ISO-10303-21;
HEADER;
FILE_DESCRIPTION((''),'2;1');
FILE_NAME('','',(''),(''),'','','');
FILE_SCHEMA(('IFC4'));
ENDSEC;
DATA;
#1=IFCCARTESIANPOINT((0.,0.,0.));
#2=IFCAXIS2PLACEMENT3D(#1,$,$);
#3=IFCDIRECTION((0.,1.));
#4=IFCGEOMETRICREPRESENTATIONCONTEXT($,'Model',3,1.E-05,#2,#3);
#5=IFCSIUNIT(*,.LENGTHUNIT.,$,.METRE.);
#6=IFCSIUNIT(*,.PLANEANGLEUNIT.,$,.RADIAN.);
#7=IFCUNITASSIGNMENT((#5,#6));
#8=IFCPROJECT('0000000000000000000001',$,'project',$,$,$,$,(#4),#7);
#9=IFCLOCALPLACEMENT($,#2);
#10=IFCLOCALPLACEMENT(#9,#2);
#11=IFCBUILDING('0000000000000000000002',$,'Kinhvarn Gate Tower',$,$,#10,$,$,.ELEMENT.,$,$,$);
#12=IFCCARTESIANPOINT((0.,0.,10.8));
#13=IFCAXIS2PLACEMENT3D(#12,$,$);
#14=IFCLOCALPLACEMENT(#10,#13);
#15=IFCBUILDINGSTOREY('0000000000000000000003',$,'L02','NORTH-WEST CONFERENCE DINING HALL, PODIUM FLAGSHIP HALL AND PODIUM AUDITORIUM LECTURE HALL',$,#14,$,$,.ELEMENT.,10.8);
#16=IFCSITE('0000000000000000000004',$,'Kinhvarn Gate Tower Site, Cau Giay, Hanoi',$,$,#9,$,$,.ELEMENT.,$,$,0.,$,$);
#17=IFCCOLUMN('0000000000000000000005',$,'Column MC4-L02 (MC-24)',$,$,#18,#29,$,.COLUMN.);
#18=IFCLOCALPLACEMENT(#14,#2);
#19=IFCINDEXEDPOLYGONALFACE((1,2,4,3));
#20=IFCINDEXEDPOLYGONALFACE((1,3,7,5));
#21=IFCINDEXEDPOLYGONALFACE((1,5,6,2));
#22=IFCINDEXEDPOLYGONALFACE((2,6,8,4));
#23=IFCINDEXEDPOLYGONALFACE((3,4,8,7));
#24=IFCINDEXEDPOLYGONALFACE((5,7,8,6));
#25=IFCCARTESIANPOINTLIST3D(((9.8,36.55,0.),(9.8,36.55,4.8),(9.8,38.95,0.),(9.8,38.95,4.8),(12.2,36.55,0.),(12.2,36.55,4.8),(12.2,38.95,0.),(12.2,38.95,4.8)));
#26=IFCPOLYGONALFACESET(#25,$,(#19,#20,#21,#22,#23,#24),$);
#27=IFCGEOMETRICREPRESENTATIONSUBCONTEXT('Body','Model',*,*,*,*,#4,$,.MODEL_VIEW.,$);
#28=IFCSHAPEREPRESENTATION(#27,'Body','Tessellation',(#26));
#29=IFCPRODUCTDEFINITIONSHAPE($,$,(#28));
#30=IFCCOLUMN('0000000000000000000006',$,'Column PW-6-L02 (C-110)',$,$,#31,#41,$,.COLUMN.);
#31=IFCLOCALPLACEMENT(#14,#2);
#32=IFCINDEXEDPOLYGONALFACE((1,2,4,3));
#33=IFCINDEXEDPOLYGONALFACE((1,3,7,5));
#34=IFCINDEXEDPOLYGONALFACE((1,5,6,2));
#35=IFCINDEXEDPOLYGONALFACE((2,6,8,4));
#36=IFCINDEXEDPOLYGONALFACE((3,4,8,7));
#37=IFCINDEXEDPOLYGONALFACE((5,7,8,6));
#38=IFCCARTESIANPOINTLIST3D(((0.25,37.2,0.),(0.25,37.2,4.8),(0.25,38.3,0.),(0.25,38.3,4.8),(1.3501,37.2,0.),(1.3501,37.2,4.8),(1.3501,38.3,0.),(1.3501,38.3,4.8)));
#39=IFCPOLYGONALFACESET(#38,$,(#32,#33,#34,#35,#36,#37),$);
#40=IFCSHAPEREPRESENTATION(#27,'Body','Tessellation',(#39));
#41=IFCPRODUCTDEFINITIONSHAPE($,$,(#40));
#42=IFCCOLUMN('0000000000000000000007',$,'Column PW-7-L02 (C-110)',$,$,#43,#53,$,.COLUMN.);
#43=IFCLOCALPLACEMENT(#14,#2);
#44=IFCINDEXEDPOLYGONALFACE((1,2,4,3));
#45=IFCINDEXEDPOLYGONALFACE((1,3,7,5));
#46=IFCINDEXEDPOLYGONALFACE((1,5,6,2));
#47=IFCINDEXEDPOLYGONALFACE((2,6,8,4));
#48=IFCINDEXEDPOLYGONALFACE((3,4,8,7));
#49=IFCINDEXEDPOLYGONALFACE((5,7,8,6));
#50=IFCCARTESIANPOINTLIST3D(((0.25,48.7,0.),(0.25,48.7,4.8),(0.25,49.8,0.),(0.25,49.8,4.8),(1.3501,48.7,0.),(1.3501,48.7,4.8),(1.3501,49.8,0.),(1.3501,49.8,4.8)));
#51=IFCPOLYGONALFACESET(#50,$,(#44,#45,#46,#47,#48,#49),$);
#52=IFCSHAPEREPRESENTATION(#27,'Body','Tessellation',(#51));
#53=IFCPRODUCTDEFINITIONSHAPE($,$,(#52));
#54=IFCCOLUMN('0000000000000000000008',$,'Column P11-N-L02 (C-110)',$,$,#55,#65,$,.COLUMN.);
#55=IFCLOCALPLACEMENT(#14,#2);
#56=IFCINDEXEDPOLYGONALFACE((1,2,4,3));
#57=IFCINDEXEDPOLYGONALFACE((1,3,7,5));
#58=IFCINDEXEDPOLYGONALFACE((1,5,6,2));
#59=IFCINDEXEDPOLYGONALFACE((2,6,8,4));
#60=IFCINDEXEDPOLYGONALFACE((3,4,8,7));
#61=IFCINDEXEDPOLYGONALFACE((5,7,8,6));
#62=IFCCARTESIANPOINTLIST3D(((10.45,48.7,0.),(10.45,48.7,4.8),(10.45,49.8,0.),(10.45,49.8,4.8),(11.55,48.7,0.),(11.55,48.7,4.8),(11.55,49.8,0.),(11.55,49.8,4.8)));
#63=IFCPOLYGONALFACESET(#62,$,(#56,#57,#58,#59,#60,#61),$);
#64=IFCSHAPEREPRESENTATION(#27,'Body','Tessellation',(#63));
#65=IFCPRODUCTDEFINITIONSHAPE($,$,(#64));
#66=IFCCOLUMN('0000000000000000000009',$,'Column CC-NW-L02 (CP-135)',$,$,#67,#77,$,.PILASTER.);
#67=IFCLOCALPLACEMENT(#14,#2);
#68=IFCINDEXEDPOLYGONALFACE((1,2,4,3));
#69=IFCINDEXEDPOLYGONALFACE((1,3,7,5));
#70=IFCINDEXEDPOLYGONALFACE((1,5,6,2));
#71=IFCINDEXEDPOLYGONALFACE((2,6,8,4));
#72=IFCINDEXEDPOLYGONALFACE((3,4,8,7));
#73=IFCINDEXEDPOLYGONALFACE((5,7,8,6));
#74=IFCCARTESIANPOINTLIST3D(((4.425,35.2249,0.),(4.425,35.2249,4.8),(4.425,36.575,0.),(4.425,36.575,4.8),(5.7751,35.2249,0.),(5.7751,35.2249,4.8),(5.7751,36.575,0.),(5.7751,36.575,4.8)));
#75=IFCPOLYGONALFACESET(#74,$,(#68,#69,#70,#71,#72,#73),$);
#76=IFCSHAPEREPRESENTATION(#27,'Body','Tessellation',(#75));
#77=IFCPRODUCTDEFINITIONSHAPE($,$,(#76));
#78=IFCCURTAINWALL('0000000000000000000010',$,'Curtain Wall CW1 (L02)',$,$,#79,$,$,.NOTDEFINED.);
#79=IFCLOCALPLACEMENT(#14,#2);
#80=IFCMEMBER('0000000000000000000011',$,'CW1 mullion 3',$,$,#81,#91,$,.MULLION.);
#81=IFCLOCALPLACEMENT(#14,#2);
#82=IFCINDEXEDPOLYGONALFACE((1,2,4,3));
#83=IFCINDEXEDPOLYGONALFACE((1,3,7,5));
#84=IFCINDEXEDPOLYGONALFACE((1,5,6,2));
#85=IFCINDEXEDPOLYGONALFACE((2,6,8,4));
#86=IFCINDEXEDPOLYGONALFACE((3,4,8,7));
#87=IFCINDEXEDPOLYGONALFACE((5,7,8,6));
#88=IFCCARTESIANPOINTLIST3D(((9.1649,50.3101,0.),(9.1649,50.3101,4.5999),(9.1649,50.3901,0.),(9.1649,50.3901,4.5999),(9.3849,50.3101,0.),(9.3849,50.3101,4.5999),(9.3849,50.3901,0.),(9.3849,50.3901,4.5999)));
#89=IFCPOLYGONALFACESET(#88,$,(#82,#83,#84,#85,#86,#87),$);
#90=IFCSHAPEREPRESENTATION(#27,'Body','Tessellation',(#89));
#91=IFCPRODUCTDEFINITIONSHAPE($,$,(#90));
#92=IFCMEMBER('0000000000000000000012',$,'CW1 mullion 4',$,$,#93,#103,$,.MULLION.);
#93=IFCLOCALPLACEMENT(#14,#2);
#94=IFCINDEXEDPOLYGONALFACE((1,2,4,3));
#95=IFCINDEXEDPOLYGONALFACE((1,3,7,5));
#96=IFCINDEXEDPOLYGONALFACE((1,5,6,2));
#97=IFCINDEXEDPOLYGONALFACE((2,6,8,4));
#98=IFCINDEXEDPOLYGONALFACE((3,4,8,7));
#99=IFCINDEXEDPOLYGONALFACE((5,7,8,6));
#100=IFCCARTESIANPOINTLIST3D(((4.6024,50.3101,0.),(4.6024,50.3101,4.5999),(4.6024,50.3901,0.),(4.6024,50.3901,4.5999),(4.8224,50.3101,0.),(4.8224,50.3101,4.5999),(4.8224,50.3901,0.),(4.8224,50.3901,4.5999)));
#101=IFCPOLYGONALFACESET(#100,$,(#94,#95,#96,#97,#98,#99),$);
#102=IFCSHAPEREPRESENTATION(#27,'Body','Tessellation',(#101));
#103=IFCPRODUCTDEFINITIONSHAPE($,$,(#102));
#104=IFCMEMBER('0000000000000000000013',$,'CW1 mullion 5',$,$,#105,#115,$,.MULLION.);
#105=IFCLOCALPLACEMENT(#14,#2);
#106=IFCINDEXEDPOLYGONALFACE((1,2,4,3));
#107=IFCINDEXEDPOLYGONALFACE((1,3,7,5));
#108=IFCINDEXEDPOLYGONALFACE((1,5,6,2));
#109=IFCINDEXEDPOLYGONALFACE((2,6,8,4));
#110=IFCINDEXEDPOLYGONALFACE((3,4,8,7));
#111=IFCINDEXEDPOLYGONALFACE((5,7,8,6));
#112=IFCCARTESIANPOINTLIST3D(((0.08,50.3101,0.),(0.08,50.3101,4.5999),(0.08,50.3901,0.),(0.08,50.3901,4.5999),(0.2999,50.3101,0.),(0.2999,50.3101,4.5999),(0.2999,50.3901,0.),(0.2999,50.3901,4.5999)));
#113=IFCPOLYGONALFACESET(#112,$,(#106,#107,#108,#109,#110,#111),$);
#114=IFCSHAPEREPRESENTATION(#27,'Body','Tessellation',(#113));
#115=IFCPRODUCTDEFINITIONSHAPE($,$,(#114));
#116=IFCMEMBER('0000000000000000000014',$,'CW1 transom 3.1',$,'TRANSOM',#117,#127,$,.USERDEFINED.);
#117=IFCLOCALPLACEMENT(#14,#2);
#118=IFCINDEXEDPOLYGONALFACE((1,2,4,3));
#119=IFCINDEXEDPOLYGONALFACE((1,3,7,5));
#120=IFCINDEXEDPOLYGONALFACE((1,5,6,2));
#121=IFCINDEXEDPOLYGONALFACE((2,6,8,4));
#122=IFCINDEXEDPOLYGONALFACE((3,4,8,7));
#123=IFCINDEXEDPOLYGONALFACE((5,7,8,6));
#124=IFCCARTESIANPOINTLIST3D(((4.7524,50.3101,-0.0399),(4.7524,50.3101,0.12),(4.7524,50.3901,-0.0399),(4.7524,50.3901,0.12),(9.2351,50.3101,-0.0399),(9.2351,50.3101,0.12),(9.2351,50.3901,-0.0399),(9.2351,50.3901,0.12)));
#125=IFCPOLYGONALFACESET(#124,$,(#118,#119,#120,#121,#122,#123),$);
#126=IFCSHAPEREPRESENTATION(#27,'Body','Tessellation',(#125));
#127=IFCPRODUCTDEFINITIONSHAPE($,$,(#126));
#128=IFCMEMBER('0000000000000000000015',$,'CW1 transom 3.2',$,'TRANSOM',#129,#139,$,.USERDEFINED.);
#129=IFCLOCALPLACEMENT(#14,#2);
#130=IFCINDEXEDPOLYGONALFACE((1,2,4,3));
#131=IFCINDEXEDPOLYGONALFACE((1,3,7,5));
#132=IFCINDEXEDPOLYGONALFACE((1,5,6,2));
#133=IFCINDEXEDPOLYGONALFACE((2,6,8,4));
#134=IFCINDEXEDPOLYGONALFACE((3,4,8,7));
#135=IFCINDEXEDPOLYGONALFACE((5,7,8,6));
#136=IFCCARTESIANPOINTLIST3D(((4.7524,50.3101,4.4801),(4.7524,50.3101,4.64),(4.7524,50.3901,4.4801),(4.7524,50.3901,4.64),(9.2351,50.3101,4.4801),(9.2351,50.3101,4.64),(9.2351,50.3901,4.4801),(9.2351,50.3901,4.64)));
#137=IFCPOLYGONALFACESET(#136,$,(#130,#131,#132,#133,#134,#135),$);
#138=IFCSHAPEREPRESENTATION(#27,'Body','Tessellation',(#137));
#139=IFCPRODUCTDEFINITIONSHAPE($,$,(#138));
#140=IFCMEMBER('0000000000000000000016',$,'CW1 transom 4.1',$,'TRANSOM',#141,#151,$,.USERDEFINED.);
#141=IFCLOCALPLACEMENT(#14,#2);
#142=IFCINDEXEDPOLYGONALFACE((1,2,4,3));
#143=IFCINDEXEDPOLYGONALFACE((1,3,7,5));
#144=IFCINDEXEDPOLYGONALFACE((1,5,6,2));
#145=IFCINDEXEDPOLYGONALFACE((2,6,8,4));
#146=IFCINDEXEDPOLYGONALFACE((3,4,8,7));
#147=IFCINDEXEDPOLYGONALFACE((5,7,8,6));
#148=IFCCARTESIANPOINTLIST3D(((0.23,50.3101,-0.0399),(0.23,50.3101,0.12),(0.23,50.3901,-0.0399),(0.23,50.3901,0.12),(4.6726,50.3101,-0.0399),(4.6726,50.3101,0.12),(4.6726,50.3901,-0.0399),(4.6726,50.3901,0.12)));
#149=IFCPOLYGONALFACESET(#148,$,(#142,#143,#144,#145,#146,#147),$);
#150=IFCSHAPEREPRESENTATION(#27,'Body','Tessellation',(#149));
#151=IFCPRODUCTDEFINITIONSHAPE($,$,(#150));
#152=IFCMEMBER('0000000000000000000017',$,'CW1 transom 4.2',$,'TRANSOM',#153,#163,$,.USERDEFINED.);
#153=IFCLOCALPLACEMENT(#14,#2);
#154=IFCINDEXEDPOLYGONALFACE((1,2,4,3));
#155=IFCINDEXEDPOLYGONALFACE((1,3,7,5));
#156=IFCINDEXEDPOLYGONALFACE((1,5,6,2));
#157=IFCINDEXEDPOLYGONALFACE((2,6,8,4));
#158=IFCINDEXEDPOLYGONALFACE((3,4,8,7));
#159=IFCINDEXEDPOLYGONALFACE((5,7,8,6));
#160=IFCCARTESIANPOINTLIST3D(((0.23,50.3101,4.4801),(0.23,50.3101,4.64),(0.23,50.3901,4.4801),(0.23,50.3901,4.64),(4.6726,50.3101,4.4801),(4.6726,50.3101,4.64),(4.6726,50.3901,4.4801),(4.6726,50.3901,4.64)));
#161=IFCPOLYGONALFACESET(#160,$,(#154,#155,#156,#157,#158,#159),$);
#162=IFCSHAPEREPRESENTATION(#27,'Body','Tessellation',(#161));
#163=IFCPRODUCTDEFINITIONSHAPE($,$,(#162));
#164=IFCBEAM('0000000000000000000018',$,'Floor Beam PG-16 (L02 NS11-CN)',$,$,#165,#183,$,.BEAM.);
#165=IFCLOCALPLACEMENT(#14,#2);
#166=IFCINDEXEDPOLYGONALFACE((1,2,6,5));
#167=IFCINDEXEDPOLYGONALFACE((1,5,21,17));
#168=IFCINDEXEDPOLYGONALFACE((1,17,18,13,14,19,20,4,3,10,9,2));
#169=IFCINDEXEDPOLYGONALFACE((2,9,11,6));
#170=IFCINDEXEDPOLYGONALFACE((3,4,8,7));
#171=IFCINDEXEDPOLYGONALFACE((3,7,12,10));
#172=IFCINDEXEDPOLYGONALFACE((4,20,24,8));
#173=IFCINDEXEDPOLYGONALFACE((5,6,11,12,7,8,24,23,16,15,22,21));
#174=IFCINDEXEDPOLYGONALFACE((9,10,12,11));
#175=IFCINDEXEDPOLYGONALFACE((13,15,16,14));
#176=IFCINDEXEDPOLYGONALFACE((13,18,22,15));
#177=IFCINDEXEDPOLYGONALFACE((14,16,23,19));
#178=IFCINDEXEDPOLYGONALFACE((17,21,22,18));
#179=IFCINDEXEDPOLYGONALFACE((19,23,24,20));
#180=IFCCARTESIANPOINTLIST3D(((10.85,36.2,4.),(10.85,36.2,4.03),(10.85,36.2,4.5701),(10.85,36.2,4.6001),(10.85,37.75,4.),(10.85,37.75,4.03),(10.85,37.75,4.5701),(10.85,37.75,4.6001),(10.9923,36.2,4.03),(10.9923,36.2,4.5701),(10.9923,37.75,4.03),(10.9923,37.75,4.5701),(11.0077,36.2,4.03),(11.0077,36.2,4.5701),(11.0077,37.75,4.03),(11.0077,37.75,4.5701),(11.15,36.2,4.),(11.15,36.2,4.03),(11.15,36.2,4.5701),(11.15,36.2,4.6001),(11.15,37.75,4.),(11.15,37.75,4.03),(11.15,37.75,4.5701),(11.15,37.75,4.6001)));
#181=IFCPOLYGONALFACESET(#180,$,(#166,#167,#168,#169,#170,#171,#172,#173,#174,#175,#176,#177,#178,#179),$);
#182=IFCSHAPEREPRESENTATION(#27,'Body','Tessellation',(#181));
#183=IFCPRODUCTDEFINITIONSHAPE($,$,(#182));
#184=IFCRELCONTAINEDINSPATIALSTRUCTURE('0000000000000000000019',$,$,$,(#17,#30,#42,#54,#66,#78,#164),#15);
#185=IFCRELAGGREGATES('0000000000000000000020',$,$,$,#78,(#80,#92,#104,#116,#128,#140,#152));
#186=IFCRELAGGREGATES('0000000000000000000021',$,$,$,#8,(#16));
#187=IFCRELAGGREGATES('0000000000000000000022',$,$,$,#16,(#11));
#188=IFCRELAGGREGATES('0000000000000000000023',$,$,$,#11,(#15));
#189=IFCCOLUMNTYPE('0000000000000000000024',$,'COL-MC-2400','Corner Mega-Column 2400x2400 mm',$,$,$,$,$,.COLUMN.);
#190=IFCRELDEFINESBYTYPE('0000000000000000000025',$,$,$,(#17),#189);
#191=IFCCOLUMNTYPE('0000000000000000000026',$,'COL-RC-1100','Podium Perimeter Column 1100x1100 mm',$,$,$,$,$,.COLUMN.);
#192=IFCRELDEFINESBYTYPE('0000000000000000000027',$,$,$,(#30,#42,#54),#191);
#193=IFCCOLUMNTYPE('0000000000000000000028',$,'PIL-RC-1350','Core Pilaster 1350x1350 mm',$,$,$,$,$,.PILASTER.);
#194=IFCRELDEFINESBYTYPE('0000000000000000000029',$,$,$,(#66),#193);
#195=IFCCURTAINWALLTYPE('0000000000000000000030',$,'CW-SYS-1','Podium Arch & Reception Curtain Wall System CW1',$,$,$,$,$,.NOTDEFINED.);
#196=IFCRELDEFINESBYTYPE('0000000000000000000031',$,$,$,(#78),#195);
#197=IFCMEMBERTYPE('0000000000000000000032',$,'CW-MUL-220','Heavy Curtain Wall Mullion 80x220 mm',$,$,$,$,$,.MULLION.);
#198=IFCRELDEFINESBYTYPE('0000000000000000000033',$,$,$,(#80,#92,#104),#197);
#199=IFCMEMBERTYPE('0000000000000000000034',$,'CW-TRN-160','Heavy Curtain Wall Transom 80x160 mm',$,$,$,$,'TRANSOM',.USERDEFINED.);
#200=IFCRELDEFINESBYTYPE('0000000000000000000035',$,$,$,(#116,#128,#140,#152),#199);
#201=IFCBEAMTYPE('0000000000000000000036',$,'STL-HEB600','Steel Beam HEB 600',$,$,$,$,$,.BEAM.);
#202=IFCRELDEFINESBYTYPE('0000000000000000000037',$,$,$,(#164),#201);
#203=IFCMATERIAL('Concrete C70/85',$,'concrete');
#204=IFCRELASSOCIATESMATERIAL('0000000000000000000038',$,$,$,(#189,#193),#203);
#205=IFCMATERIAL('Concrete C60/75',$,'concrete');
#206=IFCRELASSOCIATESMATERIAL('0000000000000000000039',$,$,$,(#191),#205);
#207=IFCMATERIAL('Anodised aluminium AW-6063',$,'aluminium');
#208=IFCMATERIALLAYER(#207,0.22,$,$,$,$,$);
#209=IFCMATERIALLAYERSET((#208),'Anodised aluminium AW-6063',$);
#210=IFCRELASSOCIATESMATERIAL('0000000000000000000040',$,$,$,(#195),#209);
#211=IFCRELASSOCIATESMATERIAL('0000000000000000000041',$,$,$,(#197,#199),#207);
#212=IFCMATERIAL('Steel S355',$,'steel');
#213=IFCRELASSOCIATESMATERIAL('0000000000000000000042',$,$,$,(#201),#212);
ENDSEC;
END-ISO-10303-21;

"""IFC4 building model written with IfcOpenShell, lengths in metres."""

from ifc_helpers import new_model, si_unit, direction, frame, origin, origin_2d, place, context, subcontext, project, spatial, rectangle, i_section, extrude, material, layer, layer_set, material_profile, profile_set, type_object, element, aggregate, save


model = new_model("IFC4")

# Units and contexts
model_context = context("Model", 3, precision=1e-05, world=origin(), true_north=direction((0.0, 1.0)))
body_context = subcontext(model_context, "Body", "Model", "MODEL_VIEW")
ifc_project = project(units=[si_unit("LENGTHUNIT", "METRE"), si_unit("PLANEANGLEUNIT", "RADIAN")], contexts=[model_context])

# Site, building, storey
site_placement = place(None, origin())
site = spatial("IfcSite", under=ifc_project, at=site_placement, Name="Kinhvarn Gate Tower Site, Cau Giay, Hanoi", CompositionType="ELEMENT", RefElevation=0.0)
building_placement = place(site_placement, origin())
building = spatial("IfcBuilding", under=site, at=building_placement, Name="Kinhvarn Gate Tower", CompositionType="ELEMENT")
storey_placement = place(building_placement, frame((0.0, 0.0, 10.8)))
storey = spatial("IfcBuildingStorey", under=building, at=storey_placement, Name="L02", Description="NORTH-WEST CONFERENCE DINING HALL, PODIUM FLAGSHIP HALL AND PODIUM AUDITORIUM LECTURE HALL", CompositionType="ELEMENT", Elevation=10.8)

# Columns
ifc_material_1 = material(Name="Concrete C70/85", Category="concrete")
ifc_material_profile_1 = material_profile(ifc_material_1, rectangle(XDim=2.3999, YDim=2.3999, at=origin_2d()), Name="RC 2400x2400")
ifc_profile_set_1 = profile_set([ifc_material_profile_1], Name="Concrete C70/85")
column_type_1 = type_object("IfcColumnType", Name="COL-MC-2400", Description="Corner Mega-Column 2400x2400 mm", PredefinedType="COLUMN", material=ifc_profile_set_1)
column_1_placement = place(storey_placement, frame((11.0, 37.75, 0.0), z_axis=(0.0, 0.0, 1.0), x_axis=(1.0, 0.0, 0.0)))
element("IfcColumn", 1, at=column_1_placement, inside=storey, type_object=column_type_1, Name="Column MC4-L02 (MC-24)", PredefinedType="COLUMN", context=body_context, shape_type="SweptSolid", body=[
    extrude(rectangle(XDim=2.3999, YDim=2.3999, at=origin_2d()), origin(), (0.0, 0.0, 1.0), 4.8),
])
ifc_material_2 = material(Name="Concrete C60/75", Category="concrete")
ifc_material_profile_2 = material_profile(ifc_material_2, rectangle(XDim=1.1001, YDim=1.1001, at=origin_2d()), Name="RC 1100x1100")
ifc_profile_set_2 = profile_set([ifc_material_profile_2], Name="Concrete C60/75")
column_type_2 = type_object("IfcColumnType", Name="COL-RC-1100", Description="Podium Perimeter Column 1100x1100 mm", PredefinedType="COLUMN", material=ifc_profile_set_2)
for number, where, z_axis, x_axis, name in (
    (2, (0.8, 37.75, 0.0), (0.0, 0.0, 1.0), (1.0, 0.0, 0.0), "Column PW-6-L02 (C-110)"),
    (3, (0.8, 49.25, 0.0), (0.0, 0.0, 1.0), (1.0, 0.0, 0.0), "Column PW-7-L02 (C-110)"),
    (4, (11.0, 49.25, 0.0), (0.0, 0.0, 1.0), (1.0, 0.0, 0.0), "Column P11-N-L02 (C-110)"),
):
    element("IfcColumn", number, at=place(storey_placement, frame(where, z_axis=z_axis, x_axis=x_axis)), inside=storey, type_object=column_type_2, Name=name, PredefinedType="COLUMN", context=body_context, shape_type="SweptSolid", body=[
        extrude(rectangle(XDim=1.1001, YDim=1.1001, at=origin_2d()), origin(), (0.0, 0.0, 1.0), 4.8),
    ])
ifc_material_profile_3 = material_profile(ifc_material_1, rectangle(XDim=1.3501, YDim=1.3501, at=origin_2d()), Name="RC 1350x1350")
ifc_profile_set_3 = profile_set([ifc_material_profile_3], Name="Concrete C70/85")
column_type_3 = type_object("IfcColumnType", Name="PIL-RC-1350", Description="Core Pilaster 1350x1350 mm", PredefinedType="PILASTER", material=ifc_profile_set_3)
column_2_placement = place(storey_placement, frame((5.1001, 35.8999, 0.0), z_axis=(0.0, 0.0, 1.0), x_axis=(1.0, 0.0, 0.0)))
element("IfcColumn", 5, at=column_2_placement, inside=storey, type_object=column_type_3, Name="Column CC-NW-L02 (CP-135)", PredefinedType="PILASTER", context=body_context, shape_type="SweptSolid", body=[
    extrude(rectangle(XDim=1.3501, YDim=1.3501, at=origin_2d()), origin(), (0.0, 0.0, 1.0), 4.8),
])

# Curtain wall, members
ifc_material_3 = material(Name="Anodised aluminium AW-6063", Category="aluminium")
ifc_layer_1 = layer(ifc_material_3, 0.22)
ifc_layer_set_1 = layer_set([ifc_layer_1], Name="Anodised aluminium AW-6063")
curtain_wall_type = type_object("IfcCurtainWallType", Name="CW-SYS-1", Description="Podium Arch & Reception Curtain Wall System CW1", PredefinedType="NOTDEFINED", material=ifc_layer_set_1)
curtain_wall_placement = place(storey_placement, origin())
curtain_wall = element("IfcCurtainWall", 6, at=curtain_wall_placement, inside=storey, type_object=curtain_wall_type, Name="Curtain Wall CW1 (L02)", PredefinedType="NOTDEFINED")
ifc_material_profile_4 = material_profile(ifc_material_3, rectangle(XDim=0.0801, YDim=0.22, at=origin_2d()), Name="ALU 80x220")
ifc_profile_set_4 = profile_set([ifc_material_profile_4], Name="Anodised aluminium AW-6063")
member_type_1 = type_object("IfcMemberType", Name="CW-MUL-220", Description="Heavy Curtain Wall Mullion 80x220 mm", PredefinedType="MULLION", material=ifc_profile_set_4)
member_1_placement = place(storey_placement, frame((9.2749, 50.3501, 0.0), z_axis=(0.0, 0.0, 1.0), x_axis=(0.0, -1.0, 0.0)))
member_1 = element("IfcMember", 7, at=member_1_placement, type_object=member_type_1, Name="CW1 mullion 3", PredefinedType="MULLION", context=body_context, shape_type="SweptSolid", body=[
    extrude(rectangle(XDim=0.0801, YDim=0.22, at=origin_2d()), origin(), (0.0, 0.0, 1.0), 4.5999),
])
member_2_placement = place(storey_placement, frame((4.7124, 50.3501, 0.0), z_axis=(0.0, 0.0, 1.0), x_axis=(0.0, -1.0, 0.0)))
member_2 = element("IfcMember", 8, at=member_2_placement, type_object=member_type_1, Name="CW1 mullion 4", PredefinedType="MULLION", context=body_context, shape_type="SweptSolid", body=[
    extrude(rectangle(XDim=0.0801, YDim=0.22, at=origin_2d()), origin(), (0.0, 0.0, 1.0), 4.5999),
])
member_3_placement = place(storey_placement, frame((0.1899, 50.3501, 0.0), z_axis=(0.0, 0.0, 1.0), x_axis=(0.0, -1.0, 0.0)))
member_3 = element("IfcMember", 9, at=member_3_placement, type_object=member_type_1, Name="CW1 mullion 5", PredefinedType="MULLION", context=body_context, shape_type="SweptSolid", body=[
    extrude(rectangle(XDim=0.0801, YDim=0.22, at=origin_2d()), origin(), (0.0, 0.0, 1.0), 4.5999),
])
ifc_material_profile_5 = material_profile(ifc_material_3, rectangle(XDim=0.0801, YDim=0.1599, at=origin_2d()), Name="ALU 80x160")
ifc_profile_set_5 = profile_set([ifc_material_profile_5], Name="Anodised aluminium AW-6063")
member_type_2 = type_object("IfcMemberType", Name="CW-TRN-160", Description="Heavy Curtain Wall Transom 80x160 mm", ElementType="TRANSOM", PredefinedType="USERDEFINED", material=ifc_profile_set_5)
member_4_placement = place(storey_placement, frame((9.2351, 50.3501, 0.04), z_axis=(-1.0, 0.0, 0.0), x_axis=(0.0, -1.0, 0.0)))
member_4 = element("IfcMember", 10, at=member_4_placement, type_object=member_type_2, Name="CW1 transom 3.1", ObjectType="TRANSOM", PredefinedType="USERDEFINED", context=body_context, shape_type="SweptSolid", body=[
    extrude(rectangle(XDim=0.0801, YDim=0.1599, at=origin_2d()), origin(), (0.0, 0.0, 1.0), 4.4827),
])
member_5_placement = place(storey_placement, frame((9.2351, 50.3501, 4.5601), z_axis=(-1.0, 0.0, 0.0), x_axis=(0.0, -1.0, 0.0)))
member_5 = element("IfcMember", 11, at=member_5_placement, type_object=member_type_2, Name="CW1 transom 3.2", ObjectType="TRANSOM", PredefinedType="USERDEFINED", context=body_context, shape_type="SweptSolid", body=[
    extrude(rectangle(XDim=0.0801, YDim=0.1599, at=origin_2d()), origin(), (0.0, 0.0, 1.0), 4.4827),
])
member_6_placement = place(storey_placement, frame((4.6726, 50.3501, 0.04), z_axis=(-1.0, 0.0, 0.0), x_axis=(0.0, -1.0, 0.0)))
member_6 = element("IfcMember", 12, at=member_6_placement, type_object=member_type_2, Name="CW1 transom 4.1", ObjectType="TRANSOM", PredefinedType="USERDEFINED", context=body_context, shape_type="SweptSolid", body=[
    extrude(rectangle(XDim=0.0801, YDim=0.1599, at=origin_2d()), origin(), (0.0, 0.0, 1.0), 4.4426),
])
member_7_placement = place(storey_placement, frame((4.6726, 50.3501, 4.5601), z_axis=(-1.0, 0.0, 0.0), x_axis=(0.0, -1.0, 0.0)))
member_7 = element("IfcMember", 13, at=member_7_placement, type_object=member_type_2, Name="CW1 transom 4.2", ObjectType="TRANSOM", PredefinedType="USERDEFINED", context=body_context, shape_type="SweptSolid", body=[
    extrude(rectangle(XDim=0.0801, YDim=0.1599, at=origin_2d()), origin(), (0.0, 0.0, 1.0), 4.4426),
])

# Beam
ifc_material_4 = material(Name="Steel S355", Category="steel")
ifc_material_profile_6 = material_profile(ifc_material_4, i_section(OverallWidth=0.3, OverallDepth=0.6001, WebThickness=0.0154, FlangeThickness=0.03, at=origin_2d()), Name="HEB 600")
ifc_profile_set_6 = profile_set([ifc_material_profile_6], Name="Steel S355")
beam_type_1 = type_object("IfcBeamType", Name="STL-HEB600", Description="Steel Beam HEB 600", PredefinedType="BEAM", material=ifc_profile_set_6)
beam_1_placement = place(storey_placement, frame((11.0, 36.2, 4.3), z_axis=(0.0, 1.0, 0.0), x_axis=(-1.0, 0.0, 0.0)))
element("IfcBeam", 14, at=beam_1_placement, inside=storey, type_object=beam_type_1, Name="Floor Beam PG-16 (L02 NS11-CN)", PredefinedType="BEAM", context=body_context, shape_type="SweptSolid", body=[
    extrude(i_section(OverallWidth=0.3, OverallDepth=0.6001, WebThickness=0.0154, FlangeThickness=0.03, at=origin_2d()), origin(), (0.0, 0.0, 1.0), 1.55),
])

aggregate(curtain_wall, [member_1, member_2, member_3, member_4, member_5, member_6, member_7])

save(model, "model.ifc")
